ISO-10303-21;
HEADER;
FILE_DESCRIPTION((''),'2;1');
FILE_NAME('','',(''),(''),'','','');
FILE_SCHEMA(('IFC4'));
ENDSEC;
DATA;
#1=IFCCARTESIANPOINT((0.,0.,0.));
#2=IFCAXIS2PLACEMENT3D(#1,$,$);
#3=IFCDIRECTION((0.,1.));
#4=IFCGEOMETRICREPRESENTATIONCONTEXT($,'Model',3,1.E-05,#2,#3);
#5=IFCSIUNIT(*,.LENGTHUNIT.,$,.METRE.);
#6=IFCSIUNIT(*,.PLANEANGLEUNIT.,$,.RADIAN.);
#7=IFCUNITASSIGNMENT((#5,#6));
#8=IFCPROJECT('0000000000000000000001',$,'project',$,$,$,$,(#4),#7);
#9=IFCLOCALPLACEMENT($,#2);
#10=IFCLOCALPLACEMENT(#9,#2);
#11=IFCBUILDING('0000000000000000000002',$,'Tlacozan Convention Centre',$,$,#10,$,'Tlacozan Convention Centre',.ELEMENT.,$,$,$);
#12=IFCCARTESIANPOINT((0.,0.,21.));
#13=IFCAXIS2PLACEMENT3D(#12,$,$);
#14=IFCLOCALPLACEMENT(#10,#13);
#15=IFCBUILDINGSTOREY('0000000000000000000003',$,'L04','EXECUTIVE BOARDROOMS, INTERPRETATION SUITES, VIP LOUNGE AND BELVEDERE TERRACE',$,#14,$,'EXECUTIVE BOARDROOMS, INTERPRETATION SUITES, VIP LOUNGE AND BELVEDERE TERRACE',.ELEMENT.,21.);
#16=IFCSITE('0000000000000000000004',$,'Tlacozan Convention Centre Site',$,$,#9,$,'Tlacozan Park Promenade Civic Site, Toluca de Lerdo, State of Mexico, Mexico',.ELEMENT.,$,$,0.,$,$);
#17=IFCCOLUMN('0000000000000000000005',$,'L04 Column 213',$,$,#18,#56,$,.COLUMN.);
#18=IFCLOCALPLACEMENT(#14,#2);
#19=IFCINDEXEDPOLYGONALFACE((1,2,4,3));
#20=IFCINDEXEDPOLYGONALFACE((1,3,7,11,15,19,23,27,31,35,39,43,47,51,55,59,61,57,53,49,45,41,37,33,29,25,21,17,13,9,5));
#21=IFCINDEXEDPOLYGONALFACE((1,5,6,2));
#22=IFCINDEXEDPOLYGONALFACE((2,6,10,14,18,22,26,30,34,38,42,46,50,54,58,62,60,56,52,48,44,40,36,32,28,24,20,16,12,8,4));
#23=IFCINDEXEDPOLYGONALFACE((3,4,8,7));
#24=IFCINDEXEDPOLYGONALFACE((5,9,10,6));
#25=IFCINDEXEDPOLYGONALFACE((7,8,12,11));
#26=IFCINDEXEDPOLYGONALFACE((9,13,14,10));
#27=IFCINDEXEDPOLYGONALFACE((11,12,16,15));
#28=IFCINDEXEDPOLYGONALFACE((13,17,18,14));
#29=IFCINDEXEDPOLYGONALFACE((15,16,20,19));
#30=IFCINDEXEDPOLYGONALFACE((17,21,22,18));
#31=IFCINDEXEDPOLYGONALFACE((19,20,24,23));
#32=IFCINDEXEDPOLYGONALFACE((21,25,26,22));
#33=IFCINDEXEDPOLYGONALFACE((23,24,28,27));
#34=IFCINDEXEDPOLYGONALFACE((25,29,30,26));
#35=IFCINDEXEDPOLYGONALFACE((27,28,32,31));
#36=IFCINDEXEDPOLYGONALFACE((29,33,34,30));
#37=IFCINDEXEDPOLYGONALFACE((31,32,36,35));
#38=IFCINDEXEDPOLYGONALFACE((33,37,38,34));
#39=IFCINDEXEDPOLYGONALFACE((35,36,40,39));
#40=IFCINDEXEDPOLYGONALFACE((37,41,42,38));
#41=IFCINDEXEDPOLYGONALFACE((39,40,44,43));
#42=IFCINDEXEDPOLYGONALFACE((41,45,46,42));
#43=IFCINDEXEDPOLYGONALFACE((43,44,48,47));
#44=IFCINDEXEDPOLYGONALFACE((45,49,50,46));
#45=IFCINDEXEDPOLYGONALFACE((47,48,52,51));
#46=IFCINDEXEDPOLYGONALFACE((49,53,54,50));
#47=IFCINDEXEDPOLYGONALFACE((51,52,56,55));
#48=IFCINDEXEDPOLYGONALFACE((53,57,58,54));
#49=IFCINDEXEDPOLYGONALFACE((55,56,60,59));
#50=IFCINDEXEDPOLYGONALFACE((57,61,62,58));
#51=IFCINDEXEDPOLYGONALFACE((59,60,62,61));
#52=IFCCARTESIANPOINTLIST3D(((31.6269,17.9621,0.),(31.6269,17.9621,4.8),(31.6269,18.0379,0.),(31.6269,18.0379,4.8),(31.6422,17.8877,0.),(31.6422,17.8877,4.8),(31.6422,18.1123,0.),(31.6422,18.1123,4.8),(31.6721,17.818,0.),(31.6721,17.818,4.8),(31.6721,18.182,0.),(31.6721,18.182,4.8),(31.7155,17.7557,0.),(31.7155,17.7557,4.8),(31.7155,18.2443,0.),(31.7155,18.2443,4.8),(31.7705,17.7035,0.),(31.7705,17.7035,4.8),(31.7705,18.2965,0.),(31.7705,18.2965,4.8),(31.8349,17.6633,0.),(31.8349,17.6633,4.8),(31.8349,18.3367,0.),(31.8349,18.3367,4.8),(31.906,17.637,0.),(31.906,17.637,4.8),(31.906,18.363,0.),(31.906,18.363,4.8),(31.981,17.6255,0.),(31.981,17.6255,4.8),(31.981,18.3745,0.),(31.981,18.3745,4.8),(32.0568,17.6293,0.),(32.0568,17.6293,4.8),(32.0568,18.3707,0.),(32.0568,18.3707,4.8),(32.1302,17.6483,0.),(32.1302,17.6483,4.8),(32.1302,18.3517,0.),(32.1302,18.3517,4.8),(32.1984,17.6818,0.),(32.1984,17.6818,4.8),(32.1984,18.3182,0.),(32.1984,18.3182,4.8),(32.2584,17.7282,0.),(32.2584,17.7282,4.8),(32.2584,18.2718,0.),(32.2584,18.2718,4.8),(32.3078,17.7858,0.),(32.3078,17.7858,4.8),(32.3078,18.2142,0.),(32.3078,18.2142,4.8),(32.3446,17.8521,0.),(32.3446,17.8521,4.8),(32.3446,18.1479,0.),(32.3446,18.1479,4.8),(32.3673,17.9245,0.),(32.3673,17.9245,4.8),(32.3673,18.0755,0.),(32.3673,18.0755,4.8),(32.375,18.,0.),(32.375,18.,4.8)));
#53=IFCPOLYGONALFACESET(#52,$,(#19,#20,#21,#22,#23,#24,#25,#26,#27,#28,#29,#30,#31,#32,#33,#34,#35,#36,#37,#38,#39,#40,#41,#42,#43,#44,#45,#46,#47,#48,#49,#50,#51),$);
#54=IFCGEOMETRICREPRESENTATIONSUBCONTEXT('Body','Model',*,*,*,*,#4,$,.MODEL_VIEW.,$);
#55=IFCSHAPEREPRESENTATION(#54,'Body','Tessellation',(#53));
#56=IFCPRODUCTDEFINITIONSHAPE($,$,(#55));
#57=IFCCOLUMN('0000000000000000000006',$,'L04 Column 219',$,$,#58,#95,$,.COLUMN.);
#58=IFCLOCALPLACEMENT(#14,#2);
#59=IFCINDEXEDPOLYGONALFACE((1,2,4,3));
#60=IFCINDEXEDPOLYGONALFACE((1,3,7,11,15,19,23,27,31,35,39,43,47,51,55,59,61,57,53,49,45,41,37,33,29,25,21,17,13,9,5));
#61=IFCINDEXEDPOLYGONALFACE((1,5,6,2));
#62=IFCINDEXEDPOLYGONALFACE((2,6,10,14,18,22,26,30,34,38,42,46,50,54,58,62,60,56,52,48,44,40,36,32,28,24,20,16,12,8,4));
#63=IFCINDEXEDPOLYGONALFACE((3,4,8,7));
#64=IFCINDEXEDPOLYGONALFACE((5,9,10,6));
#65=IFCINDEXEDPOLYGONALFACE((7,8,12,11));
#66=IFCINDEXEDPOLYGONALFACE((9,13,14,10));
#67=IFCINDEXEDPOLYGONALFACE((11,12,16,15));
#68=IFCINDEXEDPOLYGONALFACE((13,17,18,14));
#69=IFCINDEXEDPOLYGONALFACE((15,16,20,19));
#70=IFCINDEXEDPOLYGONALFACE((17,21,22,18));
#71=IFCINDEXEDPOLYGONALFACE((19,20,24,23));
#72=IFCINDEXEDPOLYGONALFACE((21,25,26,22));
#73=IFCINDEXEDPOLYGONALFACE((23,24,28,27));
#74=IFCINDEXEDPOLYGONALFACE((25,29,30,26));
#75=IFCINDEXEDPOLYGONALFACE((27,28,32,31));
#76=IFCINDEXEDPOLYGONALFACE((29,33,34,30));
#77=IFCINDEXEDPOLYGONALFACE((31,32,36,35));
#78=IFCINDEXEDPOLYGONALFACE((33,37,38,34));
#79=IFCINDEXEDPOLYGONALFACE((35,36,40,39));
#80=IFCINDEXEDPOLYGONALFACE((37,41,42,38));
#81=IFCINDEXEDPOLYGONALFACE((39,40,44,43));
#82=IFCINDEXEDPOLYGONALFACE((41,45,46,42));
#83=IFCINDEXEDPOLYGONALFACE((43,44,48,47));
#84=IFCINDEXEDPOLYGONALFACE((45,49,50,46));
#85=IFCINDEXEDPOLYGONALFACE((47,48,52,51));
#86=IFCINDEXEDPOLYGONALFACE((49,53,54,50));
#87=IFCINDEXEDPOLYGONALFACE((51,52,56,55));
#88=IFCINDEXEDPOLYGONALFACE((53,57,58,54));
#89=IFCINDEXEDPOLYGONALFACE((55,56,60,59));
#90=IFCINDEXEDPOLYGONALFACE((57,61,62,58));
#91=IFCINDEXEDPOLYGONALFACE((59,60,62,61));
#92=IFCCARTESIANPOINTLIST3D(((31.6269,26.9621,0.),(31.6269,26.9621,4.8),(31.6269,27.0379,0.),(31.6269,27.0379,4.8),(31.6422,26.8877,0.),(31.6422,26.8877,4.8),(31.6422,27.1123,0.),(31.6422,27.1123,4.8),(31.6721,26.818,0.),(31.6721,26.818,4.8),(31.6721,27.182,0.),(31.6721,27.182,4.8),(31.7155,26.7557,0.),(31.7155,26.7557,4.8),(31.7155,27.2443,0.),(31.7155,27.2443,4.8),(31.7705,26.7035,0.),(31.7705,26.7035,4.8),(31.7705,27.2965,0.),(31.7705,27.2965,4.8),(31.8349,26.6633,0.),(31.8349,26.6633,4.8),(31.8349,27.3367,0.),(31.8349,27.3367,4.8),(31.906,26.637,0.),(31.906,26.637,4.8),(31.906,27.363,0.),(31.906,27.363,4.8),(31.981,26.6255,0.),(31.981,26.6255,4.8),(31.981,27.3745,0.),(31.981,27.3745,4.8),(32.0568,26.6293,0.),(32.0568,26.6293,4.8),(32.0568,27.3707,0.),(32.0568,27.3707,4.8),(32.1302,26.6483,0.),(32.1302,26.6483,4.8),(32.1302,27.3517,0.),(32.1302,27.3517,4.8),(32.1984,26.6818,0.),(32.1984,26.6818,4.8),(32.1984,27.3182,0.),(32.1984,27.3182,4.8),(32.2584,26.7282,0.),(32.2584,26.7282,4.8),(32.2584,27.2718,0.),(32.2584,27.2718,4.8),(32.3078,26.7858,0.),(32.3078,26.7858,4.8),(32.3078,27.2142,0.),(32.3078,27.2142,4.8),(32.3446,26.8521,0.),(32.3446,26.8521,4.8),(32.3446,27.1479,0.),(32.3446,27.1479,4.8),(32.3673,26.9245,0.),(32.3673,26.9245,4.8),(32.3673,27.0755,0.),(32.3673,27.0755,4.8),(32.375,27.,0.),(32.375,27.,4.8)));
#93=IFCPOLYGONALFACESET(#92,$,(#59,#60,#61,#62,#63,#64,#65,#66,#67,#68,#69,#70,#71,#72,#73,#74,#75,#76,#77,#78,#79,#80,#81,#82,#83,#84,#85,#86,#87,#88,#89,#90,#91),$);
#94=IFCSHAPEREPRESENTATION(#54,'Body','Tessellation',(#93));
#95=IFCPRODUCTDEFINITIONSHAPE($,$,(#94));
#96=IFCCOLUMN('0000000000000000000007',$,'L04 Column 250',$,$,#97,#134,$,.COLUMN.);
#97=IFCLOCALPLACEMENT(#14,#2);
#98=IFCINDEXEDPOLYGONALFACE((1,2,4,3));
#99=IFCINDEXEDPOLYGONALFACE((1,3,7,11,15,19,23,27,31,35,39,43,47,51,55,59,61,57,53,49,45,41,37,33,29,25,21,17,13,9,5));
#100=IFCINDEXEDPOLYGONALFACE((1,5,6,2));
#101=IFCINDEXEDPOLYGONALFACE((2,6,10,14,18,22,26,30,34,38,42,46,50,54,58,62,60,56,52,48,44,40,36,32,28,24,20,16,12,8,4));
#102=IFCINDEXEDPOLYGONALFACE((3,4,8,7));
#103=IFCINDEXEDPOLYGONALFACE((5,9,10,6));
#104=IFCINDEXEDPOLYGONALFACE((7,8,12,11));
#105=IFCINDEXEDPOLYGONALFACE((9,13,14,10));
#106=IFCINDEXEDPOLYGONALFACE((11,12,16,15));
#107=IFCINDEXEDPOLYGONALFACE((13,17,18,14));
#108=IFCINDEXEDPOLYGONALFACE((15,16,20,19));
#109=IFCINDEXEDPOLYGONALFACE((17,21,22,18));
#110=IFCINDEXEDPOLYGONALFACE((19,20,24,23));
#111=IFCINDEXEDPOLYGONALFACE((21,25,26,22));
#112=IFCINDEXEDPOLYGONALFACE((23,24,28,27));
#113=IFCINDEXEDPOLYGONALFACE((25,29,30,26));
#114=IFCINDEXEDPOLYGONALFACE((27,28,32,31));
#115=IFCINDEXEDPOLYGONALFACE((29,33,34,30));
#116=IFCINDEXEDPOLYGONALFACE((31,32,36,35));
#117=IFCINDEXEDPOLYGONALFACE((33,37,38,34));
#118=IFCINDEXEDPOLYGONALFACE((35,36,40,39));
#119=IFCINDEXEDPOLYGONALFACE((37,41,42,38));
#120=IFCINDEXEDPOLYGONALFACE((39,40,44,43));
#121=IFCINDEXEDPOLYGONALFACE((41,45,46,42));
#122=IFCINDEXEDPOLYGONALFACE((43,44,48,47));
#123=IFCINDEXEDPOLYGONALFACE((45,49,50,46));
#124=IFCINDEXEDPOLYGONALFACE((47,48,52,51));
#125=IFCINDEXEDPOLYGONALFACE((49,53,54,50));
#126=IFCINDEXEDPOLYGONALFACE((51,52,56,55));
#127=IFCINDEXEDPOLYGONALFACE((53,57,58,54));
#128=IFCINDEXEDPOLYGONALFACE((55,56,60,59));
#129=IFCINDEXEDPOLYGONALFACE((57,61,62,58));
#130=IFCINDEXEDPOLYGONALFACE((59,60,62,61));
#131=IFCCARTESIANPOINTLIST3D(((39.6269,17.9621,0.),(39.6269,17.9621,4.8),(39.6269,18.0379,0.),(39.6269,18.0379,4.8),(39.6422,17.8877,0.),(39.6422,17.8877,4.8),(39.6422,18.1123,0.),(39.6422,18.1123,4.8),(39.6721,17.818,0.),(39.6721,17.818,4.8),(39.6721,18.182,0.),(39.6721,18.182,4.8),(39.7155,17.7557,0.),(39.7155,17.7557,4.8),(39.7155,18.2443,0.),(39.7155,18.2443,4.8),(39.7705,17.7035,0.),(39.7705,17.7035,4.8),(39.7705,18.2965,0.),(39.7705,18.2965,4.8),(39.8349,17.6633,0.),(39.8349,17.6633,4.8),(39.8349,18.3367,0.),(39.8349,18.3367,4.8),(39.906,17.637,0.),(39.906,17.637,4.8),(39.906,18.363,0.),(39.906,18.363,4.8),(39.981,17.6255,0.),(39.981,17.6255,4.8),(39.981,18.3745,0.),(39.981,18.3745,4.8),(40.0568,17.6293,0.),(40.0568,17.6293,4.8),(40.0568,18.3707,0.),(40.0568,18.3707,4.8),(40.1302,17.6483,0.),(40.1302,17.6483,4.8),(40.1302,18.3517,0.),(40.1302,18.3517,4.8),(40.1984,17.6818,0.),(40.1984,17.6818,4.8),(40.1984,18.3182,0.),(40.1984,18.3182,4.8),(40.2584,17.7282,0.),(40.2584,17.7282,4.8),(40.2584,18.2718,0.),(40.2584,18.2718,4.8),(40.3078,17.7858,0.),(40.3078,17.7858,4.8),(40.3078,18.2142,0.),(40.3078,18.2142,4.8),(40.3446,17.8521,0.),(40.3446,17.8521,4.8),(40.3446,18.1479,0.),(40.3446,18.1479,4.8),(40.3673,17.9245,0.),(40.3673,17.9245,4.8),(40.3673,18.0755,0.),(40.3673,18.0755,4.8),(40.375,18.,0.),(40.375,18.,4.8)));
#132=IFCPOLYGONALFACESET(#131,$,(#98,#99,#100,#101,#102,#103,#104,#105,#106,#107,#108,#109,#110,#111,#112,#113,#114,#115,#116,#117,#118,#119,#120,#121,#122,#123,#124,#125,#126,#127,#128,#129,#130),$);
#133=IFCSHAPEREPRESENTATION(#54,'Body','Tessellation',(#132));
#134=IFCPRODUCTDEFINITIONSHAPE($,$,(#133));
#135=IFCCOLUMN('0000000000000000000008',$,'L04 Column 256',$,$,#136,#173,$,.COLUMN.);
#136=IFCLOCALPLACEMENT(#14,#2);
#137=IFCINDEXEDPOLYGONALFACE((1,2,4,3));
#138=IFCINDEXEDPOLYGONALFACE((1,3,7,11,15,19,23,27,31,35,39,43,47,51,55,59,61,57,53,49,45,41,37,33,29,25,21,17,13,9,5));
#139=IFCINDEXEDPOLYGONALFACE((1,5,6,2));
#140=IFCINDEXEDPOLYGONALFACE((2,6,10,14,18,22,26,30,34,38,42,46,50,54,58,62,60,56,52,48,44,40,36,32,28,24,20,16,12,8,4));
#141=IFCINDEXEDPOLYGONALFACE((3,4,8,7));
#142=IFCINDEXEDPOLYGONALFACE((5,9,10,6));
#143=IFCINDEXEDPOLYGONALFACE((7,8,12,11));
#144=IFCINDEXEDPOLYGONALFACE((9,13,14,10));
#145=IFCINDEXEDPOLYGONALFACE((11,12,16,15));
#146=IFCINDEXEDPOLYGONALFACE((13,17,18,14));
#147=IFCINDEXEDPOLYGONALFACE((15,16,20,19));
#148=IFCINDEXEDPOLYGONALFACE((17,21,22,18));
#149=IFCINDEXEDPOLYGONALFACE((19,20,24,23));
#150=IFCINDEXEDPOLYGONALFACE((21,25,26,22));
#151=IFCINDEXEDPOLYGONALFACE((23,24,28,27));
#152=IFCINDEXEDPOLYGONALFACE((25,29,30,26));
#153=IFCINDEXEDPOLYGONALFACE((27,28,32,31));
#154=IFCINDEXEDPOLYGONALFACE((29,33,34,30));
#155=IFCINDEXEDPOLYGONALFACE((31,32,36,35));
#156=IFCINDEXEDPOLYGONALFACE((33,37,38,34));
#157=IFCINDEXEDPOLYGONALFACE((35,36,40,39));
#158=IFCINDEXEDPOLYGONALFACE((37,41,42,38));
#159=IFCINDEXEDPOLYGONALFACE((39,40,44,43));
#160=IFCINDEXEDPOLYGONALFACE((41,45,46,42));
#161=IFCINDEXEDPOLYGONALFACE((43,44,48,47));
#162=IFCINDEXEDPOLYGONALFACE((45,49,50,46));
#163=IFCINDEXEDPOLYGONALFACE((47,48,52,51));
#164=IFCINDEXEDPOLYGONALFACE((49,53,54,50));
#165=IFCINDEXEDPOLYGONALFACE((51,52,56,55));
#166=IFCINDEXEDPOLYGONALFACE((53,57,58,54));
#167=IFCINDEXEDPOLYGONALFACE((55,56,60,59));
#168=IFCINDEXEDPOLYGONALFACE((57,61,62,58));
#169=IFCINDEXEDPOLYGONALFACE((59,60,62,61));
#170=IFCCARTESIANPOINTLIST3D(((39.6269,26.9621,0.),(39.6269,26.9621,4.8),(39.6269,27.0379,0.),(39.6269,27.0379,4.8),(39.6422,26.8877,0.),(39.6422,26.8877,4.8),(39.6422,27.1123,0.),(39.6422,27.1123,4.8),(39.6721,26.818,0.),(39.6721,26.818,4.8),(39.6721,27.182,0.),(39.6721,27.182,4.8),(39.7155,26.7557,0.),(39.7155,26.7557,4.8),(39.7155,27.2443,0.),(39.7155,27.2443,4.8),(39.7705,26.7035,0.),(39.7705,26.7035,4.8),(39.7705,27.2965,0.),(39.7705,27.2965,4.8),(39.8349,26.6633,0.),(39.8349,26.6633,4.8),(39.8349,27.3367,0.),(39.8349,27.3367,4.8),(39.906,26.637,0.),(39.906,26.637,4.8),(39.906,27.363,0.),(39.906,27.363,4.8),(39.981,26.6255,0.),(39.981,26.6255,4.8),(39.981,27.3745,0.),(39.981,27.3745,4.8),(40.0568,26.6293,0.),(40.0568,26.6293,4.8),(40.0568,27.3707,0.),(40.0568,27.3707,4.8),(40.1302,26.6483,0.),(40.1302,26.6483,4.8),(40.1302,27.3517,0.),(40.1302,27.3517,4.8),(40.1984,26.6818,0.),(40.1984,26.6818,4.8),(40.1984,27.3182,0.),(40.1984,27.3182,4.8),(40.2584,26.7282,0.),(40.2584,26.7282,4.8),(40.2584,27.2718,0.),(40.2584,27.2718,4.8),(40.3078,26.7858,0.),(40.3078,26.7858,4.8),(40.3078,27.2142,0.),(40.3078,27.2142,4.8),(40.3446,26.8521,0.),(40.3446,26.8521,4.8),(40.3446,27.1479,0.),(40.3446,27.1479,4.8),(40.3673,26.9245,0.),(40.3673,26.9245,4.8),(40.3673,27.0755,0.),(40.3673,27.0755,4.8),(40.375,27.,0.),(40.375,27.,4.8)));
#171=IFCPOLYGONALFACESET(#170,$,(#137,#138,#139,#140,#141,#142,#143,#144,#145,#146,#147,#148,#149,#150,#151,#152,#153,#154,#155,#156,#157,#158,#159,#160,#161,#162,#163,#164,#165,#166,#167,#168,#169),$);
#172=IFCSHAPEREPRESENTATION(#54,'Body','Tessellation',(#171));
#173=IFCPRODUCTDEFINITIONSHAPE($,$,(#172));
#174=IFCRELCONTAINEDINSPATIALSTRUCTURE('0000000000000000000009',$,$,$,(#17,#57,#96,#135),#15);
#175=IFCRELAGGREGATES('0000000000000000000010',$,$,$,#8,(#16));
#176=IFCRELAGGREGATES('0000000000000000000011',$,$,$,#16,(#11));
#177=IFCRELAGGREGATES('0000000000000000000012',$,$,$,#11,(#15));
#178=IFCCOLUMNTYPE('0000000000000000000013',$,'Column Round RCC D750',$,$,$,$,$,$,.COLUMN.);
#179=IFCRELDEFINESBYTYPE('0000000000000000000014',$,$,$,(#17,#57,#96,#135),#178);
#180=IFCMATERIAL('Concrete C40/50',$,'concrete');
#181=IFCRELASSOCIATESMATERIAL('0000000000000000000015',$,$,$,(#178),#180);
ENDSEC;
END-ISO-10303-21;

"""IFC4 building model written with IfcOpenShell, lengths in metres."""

from ifc_helpers import new_model, si_unit, direction, frame, origin, origin_2d, place, context, subcontext, project, spatial, circle, extrude, material, material_profile, profile_set, type_object, element, save


model = new_model("IFC4")

# Units and contexts
model_context = context("Model", 3, precision=1e-05, world=origin(), true_north=direction((0.0, 1.0)))
body_context = subcontext(model_context, "Body", "Model", "MODEL_VIEW")
ifc_project = project(units=[si_unit("LENGTHUNIT", "METRE"), si_unit("PLANEANGLEUNIT", "RADIAN")], contexts=[model_context])

# Site, building, storey
site_placement = place(None, origin())
site = spatial("IfcSite", under=ifc_project, at=site_placement, Name="Tlacozan Convention Centre Site", LongName="Tlacozan Park Promenade Civic Site, Toluca de Lerdo, State of Mexico, Mexico", CompositionType="ELEMENT", RefElevation=0.0)
building_placement = place(site_placement, origin())
building = spatial("IfcBuilding", under=site, at=building_placement, Name="Tlacozan Convention Centre", LongName="Tlacozan Convention Centre", CompositionType="ELEMENT")
storey_placement = place(building_placement, frame((0.0, 0.0, 21.0)))
storey = spatial("IfcBuildingStorey", under=building, at=storey_placement, Name="L04", Description="EXECUTIVE BOARDROOMS, INTERPRETATION SUITES, VIP LOUNGE AND BELVEDERE TERRACE", LongName="EXECUTIVE BOARDROOMS, INTERPRETATION SUITES, VIP LOUNGE AND BELVEDERE TERRACE", CompositionType="ELEMENT", Elevation=21.0)

# Columns
ifc_material_1 = material(Name="Concrete C40/50", Category="concrete")
ifc_material_profile_1 = material_profile(ifc_material_1, circle(Radius=0.375, at=origin_2d()), Name="RCC D750")
ifc_profile_set_1 = profile_set([ifc_material_profile_1], Name="Concrete C40/50")
column_type = type_object("IfcColumnType", Name="Column Round RCC D750", PredefinedType="COLUMN", material=ifc_profile_set_1)
for number, where, z_axis, x_axis, name in (
    (1, (32.0, 18.0, 0.0), (0.0, 0.0, 1.0), (1.0, 0.0, 0.0), "L04 Column 213"),
    (2, (32.0, 27.0, 0.0), (0.0, 0.0, 1.0), (1.0, 0.0, 0.0), "L04 Column 219"),
    (3, (40.0, 18.0, 0.0), (0.0, 0.0, 1.0), (1.0, 0.0, 0.0), "L04 Column 250"),
    (4, (40.0, 27.0, 0.0), (0.0, 0.0, 1.0), (1.0, 0.0, 0.0), "L04 Column 256"),
):
    element("IfcColumn", number, at=place(storey_placement, frame(where, z_axis=z_axis, x_axis=x_axis)), inside=storey, type_object=column_type, Name=name, PredefinedType="COLUMN", context=body_context, shape_type="SweptSolid", body=[
        extrude(circle(Radius=0.375, at=origin_2d()), origin(), (0.0, 0.0, 1.0), 4.8),
    ])

save(model, "model.ifc")
